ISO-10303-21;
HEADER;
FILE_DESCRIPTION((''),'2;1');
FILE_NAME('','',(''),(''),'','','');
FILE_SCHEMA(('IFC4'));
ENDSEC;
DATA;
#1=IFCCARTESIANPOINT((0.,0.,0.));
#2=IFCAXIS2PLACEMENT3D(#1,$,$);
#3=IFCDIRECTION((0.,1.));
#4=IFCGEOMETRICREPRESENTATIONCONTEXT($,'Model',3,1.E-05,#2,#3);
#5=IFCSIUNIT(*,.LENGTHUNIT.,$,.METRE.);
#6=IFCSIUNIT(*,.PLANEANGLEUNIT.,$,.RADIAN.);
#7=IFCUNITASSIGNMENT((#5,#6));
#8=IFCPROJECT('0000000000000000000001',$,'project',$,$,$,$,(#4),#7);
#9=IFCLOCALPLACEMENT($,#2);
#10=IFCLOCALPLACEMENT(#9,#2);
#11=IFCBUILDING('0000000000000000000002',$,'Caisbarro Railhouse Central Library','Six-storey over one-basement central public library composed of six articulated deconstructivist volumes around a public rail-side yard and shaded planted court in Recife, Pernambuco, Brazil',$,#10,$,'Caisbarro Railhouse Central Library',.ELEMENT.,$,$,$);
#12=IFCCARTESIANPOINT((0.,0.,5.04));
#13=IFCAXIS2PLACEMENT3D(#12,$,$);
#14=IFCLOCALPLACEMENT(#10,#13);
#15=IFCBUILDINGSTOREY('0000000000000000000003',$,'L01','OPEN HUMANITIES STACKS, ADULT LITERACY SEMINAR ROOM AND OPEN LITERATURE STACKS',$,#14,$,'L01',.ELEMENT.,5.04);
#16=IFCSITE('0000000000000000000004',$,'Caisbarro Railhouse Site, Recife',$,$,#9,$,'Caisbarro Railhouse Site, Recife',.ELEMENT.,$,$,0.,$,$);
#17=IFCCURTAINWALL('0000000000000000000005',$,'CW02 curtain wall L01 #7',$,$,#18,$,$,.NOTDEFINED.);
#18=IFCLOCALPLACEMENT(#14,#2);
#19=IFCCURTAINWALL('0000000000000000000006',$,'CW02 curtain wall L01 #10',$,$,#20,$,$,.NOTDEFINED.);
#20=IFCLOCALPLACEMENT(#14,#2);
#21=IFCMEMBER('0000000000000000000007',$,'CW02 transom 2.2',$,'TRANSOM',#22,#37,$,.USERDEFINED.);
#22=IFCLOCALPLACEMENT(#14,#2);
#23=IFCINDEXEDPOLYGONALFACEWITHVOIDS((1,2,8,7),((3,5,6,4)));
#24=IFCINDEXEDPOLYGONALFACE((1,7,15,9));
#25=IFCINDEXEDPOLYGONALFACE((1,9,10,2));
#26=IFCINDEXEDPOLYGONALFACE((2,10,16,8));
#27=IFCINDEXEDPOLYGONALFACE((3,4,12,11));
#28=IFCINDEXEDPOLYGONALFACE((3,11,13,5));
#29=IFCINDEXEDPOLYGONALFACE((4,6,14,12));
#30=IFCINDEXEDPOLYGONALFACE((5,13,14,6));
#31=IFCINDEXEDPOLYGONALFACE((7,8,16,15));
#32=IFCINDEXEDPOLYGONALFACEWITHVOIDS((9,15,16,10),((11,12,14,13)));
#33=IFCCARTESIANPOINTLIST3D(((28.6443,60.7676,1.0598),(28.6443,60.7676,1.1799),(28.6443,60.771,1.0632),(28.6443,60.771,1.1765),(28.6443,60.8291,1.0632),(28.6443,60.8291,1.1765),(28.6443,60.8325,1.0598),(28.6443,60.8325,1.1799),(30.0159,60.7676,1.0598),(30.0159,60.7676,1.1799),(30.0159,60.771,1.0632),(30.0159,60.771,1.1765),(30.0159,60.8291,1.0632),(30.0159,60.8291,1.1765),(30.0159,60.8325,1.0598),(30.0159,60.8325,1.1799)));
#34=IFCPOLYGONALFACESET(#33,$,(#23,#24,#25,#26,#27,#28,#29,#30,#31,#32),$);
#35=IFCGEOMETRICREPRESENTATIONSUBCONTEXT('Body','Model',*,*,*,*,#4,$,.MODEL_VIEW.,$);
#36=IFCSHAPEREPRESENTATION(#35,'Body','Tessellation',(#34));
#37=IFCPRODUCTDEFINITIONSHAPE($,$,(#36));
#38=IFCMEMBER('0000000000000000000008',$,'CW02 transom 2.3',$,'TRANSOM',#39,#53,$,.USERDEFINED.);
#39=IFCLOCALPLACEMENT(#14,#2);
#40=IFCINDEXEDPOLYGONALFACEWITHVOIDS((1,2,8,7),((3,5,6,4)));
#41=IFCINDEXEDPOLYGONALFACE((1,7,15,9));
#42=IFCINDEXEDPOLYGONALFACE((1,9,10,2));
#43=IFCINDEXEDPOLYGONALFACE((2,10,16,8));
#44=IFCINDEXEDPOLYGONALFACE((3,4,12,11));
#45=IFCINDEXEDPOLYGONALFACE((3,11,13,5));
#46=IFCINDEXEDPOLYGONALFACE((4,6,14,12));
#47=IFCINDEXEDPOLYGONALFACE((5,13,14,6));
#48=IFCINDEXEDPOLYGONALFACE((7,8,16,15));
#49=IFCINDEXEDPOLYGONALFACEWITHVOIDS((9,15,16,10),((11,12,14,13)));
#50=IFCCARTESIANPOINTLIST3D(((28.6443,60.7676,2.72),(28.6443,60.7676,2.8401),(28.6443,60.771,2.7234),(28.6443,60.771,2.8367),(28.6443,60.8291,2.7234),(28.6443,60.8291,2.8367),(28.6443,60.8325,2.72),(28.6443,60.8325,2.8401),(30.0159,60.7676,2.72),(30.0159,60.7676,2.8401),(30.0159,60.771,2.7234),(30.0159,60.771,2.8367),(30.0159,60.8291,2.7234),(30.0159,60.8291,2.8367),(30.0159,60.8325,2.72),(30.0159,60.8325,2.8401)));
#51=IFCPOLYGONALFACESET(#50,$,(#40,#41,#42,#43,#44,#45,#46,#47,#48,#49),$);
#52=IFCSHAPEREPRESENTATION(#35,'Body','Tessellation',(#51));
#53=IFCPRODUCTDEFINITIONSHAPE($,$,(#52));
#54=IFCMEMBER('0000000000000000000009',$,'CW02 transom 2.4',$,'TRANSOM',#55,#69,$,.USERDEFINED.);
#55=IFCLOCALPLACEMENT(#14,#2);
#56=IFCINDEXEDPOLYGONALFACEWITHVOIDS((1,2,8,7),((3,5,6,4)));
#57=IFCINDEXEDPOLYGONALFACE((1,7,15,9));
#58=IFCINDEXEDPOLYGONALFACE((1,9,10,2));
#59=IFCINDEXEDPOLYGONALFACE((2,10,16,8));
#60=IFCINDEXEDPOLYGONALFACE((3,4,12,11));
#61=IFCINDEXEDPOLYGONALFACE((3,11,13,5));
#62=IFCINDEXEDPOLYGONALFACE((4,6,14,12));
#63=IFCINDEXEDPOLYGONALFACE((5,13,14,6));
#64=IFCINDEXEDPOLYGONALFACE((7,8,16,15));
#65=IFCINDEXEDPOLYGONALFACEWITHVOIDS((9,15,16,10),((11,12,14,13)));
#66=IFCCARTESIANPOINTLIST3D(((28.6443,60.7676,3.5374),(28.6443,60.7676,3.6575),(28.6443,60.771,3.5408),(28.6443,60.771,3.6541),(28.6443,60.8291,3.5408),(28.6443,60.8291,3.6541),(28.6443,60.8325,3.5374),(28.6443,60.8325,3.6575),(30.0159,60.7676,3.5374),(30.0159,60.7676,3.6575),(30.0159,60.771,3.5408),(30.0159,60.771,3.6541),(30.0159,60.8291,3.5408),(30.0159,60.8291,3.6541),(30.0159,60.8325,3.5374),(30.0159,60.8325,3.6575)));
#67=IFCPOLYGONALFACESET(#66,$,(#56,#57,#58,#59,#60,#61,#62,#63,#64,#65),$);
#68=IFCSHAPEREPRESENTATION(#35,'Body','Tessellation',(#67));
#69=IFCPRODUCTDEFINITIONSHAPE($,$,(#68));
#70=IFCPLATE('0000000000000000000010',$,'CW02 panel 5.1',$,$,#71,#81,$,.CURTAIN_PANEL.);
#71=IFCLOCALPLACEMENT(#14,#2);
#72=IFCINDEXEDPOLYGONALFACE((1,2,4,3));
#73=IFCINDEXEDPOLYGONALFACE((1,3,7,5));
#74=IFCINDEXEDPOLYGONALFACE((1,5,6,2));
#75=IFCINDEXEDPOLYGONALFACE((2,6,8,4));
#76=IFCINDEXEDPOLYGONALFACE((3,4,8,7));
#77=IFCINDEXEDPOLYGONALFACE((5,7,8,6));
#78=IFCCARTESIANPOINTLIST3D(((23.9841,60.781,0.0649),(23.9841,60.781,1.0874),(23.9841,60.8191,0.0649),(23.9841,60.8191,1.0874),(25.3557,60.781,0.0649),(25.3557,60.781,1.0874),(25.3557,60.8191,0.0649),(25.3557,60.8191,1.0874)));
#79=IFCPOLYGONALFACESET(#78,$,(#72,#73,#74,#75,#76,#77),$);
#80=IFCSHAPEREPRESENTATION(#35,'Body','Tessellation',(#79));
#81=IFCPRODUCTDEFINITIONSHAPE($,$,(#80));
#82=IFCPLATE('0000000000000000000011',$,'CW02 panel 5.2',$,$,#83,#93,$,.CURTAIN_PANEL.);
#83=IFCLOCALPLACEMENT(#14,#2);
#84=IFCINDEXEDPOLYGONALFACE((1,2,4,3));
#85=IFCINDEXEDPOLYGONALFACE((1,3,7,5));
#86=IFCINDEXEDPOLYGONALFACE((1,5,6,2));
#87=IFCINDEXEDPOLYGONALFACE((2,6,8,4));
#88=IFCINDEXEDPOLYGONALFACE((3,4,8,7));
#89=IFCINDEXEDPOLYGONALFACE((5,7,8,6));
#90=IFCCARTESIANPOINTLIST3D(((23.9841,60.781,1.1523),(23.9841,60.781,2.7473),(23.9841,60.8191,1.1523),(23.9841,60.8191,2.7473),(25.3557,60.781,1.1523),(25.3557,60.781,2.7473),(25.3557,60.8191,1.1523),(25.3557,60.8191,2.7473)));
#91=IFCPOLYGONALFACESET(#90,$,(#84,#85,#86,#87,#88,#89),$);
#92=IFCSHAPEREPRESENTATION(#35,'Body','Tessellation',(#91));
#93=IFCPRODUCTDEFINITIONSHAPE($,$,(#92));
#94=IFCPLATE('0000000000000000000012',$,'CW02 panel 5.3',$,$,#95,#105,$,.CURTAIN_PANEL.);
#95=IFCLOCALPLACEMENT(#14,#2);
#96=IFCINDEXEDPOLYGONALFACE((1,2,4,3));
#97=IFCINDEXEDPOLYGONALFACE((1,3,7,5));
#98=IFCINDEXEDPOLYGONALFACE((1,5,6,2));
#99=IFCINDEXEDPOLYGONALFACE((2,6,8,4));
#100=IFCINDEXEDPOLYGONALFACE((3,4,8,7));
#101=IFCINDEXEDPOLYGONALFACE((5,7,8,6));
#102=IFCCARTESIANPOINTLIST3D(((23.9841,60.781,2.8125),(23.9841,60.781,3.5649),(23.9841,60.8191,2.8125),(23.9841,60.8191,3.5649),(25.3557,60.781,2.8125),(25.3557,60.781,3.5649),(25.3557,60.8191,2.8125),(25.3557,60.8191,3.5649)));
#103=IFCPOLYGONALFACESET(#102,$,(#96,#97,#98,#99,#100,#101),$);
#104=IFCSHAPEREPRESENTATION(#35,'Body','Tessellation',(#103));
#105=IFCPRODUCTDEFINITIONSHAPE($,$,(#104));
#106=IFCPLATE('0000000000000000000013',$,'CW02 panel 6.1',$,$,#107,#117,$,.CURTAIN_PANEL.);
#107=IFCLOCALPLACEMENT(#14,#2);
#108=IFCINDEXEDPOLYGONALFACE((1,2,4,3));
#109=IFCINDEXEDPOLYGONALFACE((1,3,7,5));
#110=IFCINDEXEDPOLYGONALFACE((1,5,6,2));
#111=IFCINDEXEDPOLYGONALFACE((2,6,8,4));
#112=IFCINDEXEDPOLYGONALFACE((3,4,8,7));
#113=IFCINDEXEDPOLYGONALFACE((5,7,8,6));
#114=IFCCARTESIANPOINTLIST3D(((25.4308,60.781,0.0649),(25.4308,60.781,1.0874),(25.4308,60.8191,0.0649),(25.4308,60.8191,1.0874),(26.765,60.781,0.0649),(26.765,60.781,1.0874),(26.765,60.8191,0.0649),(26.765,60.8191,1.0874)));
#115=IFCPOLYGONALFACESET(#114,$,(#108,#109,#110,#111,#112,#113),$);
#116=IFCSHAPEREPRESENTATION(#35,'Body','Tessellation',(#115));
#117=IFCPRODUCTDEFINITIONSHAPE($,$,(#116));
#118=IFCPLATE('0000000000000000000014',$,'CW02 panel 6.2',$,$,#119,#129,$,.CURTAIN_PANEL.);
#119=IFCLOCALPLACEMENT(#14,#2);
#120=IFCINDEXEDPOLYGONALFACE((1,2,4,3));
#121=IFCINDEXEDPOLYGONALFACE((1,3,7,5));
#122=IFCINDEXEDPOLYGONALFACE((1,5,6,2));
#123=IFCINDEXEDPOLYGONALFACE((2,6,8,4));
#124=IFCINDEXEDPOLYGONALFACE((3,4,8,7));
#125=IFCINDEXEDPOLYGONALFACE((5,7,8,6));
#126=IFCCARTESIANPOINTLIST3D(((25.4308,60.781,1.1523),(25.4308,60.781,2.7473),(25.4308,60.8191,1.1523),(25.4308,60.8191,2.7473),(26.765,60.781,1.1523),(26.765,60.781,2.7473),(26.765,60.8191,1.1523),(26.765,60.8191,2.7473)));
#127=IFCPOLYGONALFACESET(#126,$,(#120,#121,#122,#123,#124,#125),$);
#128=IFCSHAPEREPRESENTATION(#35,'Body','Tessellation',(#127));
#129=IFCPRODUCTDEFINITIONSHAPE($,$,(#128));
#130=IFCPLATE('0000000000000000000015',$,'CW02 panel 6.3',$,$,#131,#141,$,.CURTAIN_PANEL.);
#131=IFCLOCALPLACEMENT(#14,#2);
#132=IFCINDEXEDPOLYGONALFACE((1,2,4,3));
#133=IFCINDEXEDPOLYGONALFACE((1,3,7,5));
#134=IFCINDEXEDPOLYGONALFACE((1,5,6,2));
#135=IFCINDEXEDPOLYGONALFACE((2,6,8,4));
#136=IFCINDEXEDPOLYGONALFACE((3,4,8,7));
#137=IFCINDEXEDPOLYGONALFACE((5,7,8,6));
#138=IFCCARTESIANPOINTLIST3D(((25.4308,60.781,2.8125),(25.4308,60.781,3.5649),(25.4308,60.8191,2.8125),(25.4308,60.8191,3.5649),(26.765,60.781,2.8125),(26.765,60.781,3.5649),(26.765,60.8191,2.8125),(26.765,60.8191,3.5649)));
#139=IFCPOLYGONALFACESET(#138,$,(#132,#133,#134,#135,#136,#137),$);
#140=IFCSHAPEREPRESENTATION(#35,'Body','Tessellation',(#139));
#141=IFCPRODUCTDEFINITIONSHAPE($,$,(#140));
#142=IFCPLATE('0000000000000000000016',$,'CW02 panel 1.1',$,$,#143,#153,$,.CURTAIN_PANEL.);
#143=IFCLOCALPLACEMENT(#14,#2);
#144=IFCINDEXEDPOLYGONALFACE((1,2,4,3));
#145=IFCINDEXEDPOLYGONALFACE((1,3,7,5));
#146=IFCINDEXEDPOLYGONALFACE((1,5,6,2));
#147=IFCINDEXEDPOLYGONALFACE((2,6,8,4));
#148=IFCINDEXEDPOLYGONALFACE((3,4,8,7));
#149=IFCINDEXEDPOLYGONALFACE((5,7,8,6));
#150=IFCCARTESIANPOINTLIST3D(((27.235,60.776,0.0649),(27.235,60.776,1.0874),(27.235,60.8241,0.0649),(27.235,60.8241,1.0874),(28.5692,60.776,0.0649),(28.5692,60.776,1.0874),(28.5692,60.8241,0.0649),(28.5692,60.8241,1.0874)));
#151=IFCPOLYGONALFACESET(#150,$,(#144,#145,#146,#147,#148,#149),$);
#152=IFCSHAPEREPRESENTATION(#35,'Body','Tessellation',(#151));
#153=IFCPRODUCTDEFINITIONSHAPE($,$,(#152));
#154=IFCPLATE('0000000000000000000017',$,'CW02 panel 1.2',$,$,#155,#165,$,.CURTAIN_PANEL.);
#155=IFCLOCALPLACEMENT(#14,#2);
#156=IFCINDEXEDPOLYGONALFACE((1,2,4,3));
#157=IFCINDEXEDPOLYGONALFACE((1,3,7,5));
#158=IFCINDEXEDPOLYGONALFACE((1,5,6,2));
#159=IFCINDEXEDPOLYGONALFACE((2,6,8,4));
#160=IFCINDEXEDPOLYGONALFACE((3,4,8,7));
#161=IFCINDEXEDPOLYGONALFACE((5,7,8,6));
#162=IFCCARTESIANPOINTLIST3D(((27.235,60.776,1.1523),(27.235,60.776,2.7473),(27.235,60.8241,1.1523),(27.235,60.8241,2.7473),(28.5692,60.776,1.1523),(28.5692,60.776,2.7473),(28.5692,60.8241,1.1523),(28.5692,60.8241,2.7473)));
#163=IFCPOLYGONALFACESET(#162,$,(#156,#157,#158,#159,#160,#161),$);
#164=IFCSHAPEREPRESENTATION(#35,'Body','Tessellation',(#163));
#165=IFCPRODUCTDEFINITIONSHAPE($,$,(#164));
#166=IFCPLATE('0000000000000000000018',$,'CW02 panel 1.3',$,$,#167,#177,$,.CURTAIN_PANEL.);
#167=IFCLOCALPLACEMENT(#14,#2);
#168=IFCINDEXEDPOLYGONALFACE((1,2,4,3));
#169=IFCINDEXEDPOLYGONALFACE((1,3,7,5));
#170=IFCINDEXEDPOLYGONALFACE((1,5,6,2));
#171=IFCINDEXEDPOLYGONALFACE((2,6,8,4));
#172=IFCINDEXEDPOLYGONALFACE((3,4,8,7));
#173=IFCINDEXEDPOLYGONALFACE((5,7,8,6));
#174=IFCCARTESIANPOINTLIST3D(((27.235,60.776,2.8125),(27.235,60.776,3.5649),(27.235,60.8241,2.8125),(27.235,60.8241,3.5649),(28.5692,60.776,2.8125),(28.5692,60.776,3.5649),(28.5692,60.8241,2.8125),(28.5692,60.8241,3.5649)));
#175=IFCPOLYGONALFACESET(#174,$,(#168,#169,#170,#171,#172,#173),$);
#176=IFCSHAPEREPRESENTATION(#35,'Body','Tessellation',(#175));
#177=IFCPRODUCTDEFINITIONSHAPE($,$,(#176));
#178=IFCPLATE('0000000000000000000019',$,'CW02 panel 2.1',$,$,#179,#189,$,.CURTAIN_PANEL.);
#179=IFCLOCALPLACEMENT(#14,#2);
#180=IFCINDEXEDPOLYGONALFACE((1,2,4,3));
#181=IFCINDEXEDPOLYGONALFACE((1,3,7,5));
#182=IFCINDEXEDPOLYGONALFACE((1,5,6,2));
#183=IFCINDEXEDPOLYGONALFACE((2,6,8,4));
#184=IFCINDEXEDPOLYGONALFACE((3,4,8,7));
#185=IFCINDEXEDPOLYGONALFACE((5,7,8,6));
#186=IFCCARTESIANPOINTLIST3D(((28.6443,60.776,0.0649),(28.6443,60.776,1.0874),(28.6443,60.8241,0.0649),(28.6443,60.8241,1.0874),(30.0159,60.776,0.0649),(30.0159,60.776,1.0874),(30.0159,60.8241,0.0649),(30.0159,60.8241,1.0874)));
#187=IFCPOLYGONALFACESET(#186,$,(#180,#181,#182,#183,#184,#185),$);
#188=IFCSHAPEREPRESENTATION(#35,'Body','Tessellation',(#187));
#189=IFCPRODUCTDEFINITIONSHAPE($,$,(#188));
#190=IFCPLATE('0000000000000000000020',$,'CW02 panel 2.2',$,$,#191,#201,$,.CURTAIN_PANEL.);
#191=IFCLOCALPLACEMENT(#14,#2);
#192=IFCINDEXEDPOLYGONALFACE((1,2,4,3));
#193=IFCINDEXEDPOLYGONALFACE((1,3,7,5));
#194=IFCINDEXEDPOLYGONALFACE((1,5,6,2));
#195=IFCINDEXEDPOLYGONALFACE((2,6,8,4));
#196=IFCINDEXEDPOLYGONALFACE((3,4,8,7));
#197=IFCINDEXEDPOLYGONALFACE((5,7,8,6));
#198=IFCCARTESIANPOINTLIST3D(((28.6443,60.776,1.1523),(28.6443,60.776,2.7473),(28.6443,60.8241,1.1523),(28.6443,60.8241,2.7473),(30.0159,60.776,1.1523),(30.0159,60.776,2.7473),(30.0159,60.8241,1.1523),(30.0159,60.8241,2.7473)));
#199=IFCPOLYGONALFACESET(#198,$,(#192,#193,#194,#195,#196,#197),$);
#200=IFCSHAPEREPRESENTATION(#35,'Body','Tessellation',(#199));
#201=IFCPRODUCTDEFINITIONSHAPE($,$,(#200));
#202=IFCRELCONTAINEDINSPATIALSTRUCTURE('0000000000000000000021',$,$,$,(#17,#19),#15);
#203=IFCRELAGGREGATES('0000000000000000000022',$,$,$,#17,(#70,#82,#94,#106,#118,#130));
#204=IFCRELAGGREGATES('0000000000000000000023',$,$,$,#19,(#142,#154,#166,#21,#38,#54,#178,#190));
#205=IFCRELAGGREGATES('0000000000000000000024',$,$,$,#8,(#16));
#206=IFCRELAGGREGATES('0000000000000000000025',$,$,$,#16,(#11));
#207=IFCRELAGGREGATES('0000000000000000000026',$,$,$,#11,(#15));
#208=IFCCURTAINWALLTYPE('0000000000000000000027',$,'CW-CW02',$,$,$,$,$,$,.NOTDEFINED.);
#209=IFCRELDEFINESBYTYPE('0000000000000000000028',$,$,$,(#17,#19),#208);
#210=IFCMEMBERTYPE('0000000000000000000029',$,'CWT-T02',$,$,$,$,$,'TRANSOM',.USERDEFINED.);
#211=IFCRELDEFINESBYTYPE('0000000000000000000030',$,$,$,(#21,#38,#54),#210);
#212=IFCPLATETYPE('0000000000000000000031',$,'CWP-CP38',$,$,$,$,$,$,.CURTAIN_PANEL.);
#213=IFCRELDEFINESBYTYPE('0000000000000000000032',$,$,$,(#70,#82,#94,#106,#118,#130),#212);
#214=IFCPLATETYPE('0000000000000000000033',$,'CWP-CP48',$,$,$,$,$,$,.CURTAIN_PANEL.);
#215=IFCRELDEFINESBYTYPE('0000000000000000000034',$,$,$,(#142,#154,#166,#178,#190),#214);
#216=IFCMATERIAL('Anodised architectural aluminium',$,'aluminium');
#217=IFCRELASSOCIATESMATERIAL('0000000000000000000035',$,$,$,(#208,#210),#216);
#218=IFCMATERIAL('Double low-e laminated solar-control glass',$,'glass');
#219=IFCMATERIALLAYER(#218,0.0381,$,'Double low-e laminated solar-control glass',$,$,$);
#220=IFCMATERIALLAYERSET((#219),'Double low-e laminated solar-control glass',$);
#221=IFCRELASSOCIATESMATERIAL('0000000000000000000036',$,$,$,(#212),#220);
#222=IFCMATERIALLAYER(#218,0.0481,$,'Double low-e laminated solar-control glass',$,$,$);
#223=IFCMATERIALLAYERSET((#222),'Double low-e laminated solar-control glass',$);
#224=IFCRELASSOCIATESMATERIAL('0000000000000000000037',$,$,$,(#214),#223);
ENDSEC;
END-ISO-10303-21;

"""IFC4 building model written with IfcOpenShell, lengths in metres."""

from ifc_helpers import new_model, si_unit, direction, frame, origin, origin_2d, place, context, subcontext, project, spatial, rectangle, hollow_rectangle, extrude, material, layer, layer_set, material_profile, profile_set, type_object, element, aggregate, save


model = new_model("IFC4")

# Units and contexts
model_context = context("Model", 3, precision=1e-05, world=origin(), true_north=direction((0.0, 1.0)))
body_context = subcontext(model_context, "Body", "Model", "MODEL_VIEW")
ifc_project = project(units=[si_unit("LENGTHUNIT", "METRE"), si_unit("PLANEANGLEUNIT", "RADIAN")], contexts=[model_context])

# Site, building, storey
site_placement = place(None, origin())
site = spatial("IfcSite", under=ifc_project, at=site_placement, Name="Caisbarro Railhouse Site, Recife", LongName="Caisbarro Railhouse Site, Recife", CompositionType="ELEMENT", RefElevation=0.0)
building_placement = place(site_placement, origin())
building = spatial("IfcBuilding", under=site, at=building_placement, Name="Caisbarro Railhouse Central Library", Description="Six-storey over one-basement central public library composed of six articulated deconstructivist volumes around a public rail-side yard and shaded planted court in Recife, Pernambuco, Brazil", LongName="Caisbarro Railhouse Central Library", CompositionType="ELEMENT")
storey_placement = place(building_placement, frame((0.0, 0.0, 5.04)))
storey = spatial("IfcBuildingStorey", under=building, at=storey_placement, Name="L01", Description="OPEN HUMANITIES STACKS, ADULT LITERACY SEMINAR ROOM AND OPEN LITERATURE STACKS", LongName="L01", CompositionType="ELEMENT", Elevation=5.04)

# Curtain walls
ifc_material_1 = material(Name="Anodised architectural aluminium", Category="aluminium")
curtain_wall_type = type_object("IfcCurtainWallType", Name="CW-CW02", PredefinedType="NOTDEFINED", material=ifc_material_1)
curtain_wall_1_placement = place(storey_placement, origin())
curtain_wall_1 = element("IfcCurtainWall", 1, at=curtain_wall_1_placement, inside=storey, type_object=curtain_wall_type, Name="CW02 curtain wall L01 #7", PredefinedType="NOTDEFINED")
curtain_wall_2_placement = place(storey_placement, origin())
curtain_wall_2 = element("IfcCurtainWall", 2, at=curtain_wall_2_placement, inside=storey, type_object=curtain_wall_type, Name="CW02 curtain wall L01 #10", PredefinedType="NOTDEFINED")

# Members
ifc_material_profile_1 = material_profile(ifc_material_1, hollow_rectangle(XDim=0.0649, YDim=0.1201, WallThickness=0.0034, at=origin_2d()), Name="ALU-TRN-65X120")
ifc_profile_set_1 = profile_set([ifc_material_profile_1], Name="Anodised architectural aluminium")
member_type_1 = type_object("IfcMemberType", Name="CWT-T02", ElementType="TRANSOM", PredefinedType="USERDEFINED", material=ifc_profile_set_1)
member_1_placement = place(storey_placement, frame((28.6443, 60.8, 1.1199), z_axis=(1.0, 0.0, 0.0), x_axis=(0.0, 1.0, 0.0)))
member_1 = element("IfcMember", 3, at=member_1_placement, type_object=member_type_1, Name="CW02 transom 2.2", ObjectType="TRANSOM", PredefinedType="USERDEFINED", context=body_context, shape_type="SweptSolid", body=[
    extrude(hollow_rectangle(XDim=0.0649, YDim=0.1201, WallThickness=0.0034, at=origin_2d()), origin(), (0.0, 0.0, 1.0), 1.3716),
])
member_2_placement = place(storey_placement, frame((28.6443, 60.8, 2.78), z_axis=(1.0, 0.0, 0.0), x_axis=(0.0, 1.0, 0.0)))
member_2 = element("IfcMember", 4, at=member_2_placement, type_object=member_type_1, Name="CW02 transom 2.3", ObjectType="TRANSOM", PredefinedType="USERDEFINED", context=body_context, shape_type="SweptSolid", body=[
    extrude(hollow_rectangle(XDim=0.0649, YDim=0.1201, WallThickness=0.0034, at=origin_2d()), origin(), (0.0, 0.0, 1.0), 1.3716),
])
member_3_placement = place(storey_placement, frame((28.6443, 60.8, 3.5974), z_axis=(1.0, 0.0, 0.0), x_axis=(0.0, 1.0, 0.0)))
member_3 = element("IfcMember", 5, at=member_3_placement, type_object=member_type_1, Name="CW02 transom 2.4", ObjectType="TRANSOM", PredefinedType="USERDEFINED", context=body_context, shape_type="SweptSolid", body=[
    extrude(hollow_rectangle(XDim=0.0649, YDim=0.1201, WallThickness=0.0034, at=origin_2d()), origin(), (0.0, 0.0, 1.0), 1.3716),
])

# Plates
ifc_material_2 = material(Name="Double low-e laminated solar-control glass", Category="glass")
ifc_layer_1 = layer(ifc_material_2, 0.0381, Name="Double low-e laminated solar-control glass")
ifc_layer_set_1 = layer_set([ifc_layer_1], Name="Double low-e laminated solar-control glass")
plate_type_1 = type_object("IfcPlateType", Name="CWP-CP38", PredefinedType="CURTAIN_PANEL", material=ifc_layer_set_1)
plate_1_placement = place(storey_placement, frame((24.6699, 60.8, 0.0649), z_axis=(0.0, 0.0, 1.0), x_axis=(1.0, 0.0, 0.0)))
plate_1 = element("IfcPlate", 6, at=plate_1_placement, type_object=plate_type_1, Name="CW02 panel 5.1", PredefinedType="CURTAIN_PANEL", context=body_context, shape_type="SweptSolid", body=[
    extrude(rectangle(XDim=1.3716, YDim=0.0381, at=origin_2d()), origin(), (0.0, 0.0, 1.0), 1.0225),
])
plate_2_placement = place(storey_placement, frame((24.6699, 60.8, 1.1523), z_axis=(0.0, 0.0, 1.0), x_axis=(1.0, 0.0, 0.0)))
plate_2 = element("IfcPlate", 7, at=plate_2_placement, type_object=plate_type_1, Name="CW02 panel 5.2", PredefinedType="CURTAIN_PANEL", context=body_context, shape_type="SweptSolid", body=[
    extrude(rectangle(XDim=1.3716, YDim=0.0381, at=origin_2d()), origin(), (0.0, 0.0, 1.0), 1.595),
])
plate_3_placement = place(storey_placement, frame((24.6699, 60.8, 2.8125), z_axis=(0.0, 0.0, 1.0), x_axis=(1.0, 0.0, 0.0)))
plate_3 = element("IfcPlate", 8, at=plate_3_placement, type_object=plate_type_1, Name="CW02 panel 5.3", PredefinedType="CURTAIN_PANEL", context=body_context, shape_type="SweptSolid", body=[
    extrude(rectangle(XDim=1.3716, YDim=0.0381, at=origin_2d()), origin(), (0.0, 0.0, 1.0), 0.7524),
])
plate_4_placement = place(storey_placement, frame((26.0979, 60.8, 0.0649), z_axis=(0.0, 0.0, 1.0), x_axis=(1.0, 0.0, 0.0)))
plate_4 = element("IfcPlate", 9, at=plate_4_placement, type_object=plate_type_1, Name="CW02 panel 6.1", PredefinedType="CURTAIN_PANEL", context=body_context, shape_type="SweptSolid", body=[
    extrude(rectangle(XDim=1.3342, YDim=0.0381, at=origin_2d()), origin(), (0.0, 0.0, 1.0), 1.0225),
])
plate_5_placement = place(storey_placement, frame((26.0979, 60.8, 1.1523), z_axis=(0.0, 0.0, 1.0), x_axis=(1.0, 0.0, 0.0)))
plate_5 = element("IfcPlate", 10, at=plate_5_placement, type_object=plate_type_1, Name="CW02 panel 6.2", PredefinedType="CURTAIN_PANEL", context=body_context, shape_type="SweptSolid", body=[
    extrude(rectangle(XDim=1.3342, YDim=0.0381, at=origin_2d()), origin(), (0.0, 0.0, 1.0), 1.595),
])
plate_6_placement = place(storey_placement, frame((26.0979, 60.8, 2.8125), z_axis=(0.0, 0.0, 1.0), x_axis=(1.0, 0.0, 0.0)))
plate_6 = element("IfcPlate", 11, at=plate_6_placement, type_object=plate_type_1, Name="CW02 panel 6.3", PredefinedType="CURTAIN_PANEL", context=body_context, shape_type="SweptSolid", body=[
    extrude(rectangle(XDim=1.3342, YDim=0.0381, at=origin_2d()), origin(), (0.0, 0.0, 1.0), 0.7524),
])
aggregate(curtain_wall_1, [plate_1, plate_2, plate_3, plate_4, plate_5, plate_6])
ifc_layer_2 = layer(ifc_material_2, 0.0481, Name="Double low-e laminated solar-control glass")
ifc_layer_set_2 = layer_set([ifc_layer_2], Name="Double low-e laminated solar-control glass")
plate_type_2 = type_object("IfcPlateType", Name="CWP-CP48", PredefinedType="CURTAIN_PANEL", material=ifc_layer_set_2)
plate_7_placement = place(storey_placement, frame((27.9021, 60.8, 0.0649), z_axis=(0.0, 0.0, 1.0), x_axis=(1.0, 0.0, 0.0)))
plate_7 = element("IfcPlate", 12, at=plate_7_placement, type_object=plate_type_2, Name="CW02 panel 1.1", PredefinedType="CURTAIN_PANEL", context=body_context, shape_type="SweptSolid", body=[
    extrude(rectangle(XDim=1.3342, YDim=0.0481, at=origin_2d()), origin(), (0.0, 0.0, 1.0), 1.0225),
])
plate_8_placement = place(storey_placement, frame((27.9021, 60.8, 1.1523), z_axis=(0.0, 0.0, 1.0), x_axis=(1.0, 0.0, 0.0)))
plate_8 = element("IfcPlate", 13, at=plate_8_placement, type_object=plate_type_2, Name="CW02 panel 1.2", PredefinedType="CURTAIN_PANEL", context=body_context, shape_type="SweptSolid", body=[
    extrude(rectangle(XDim=1.3342, YDim=0.0481, at=origin_2d()), origin(), (0.0, 0.0, 1.0), 1.595),
])
plate_9_placement = place(storey_placement, frame((27.9021, 60.8, 2.8125), z_axis=(0.0, 0.0, 1.0), x_axis=(1.0, 0.0, 0.0)))
plate_9 = element("IfcPlate", 14, at=plate_9_placement, type_object=plate_type_2, Name="CW02 panel 1.3", PredefinedType="CURTAIN_PANEL", context=body_context, shape_type="SweptSolid", body=[
    extrude(rectangle(XDim=1.3342, YDim=0.0481, at=origin_2d()), origin(), (0.0, 0.0, 1.0), 0.7524),
])
plate_10_placement = place(storey_placement, frame((29.3301, 60.8, 0.0649), z_axis=(0.0, 0.0, 1.0), x_axis=(1.0, 0.0, 0.0)))
plate_10 = element("IfcPlate", 15, at=plate_10_placement, type_object=plate_type_2, Name="CW02 panel 2.1", PredefinedType="CURTAIN_PANEL", context=body_context, shape_type="SweptSolid", body=[
    extrude(rectangle(XDim=1.3716, YDim=0.0481, at=origin_2d()), origin(), (0.0, 0.0, 1.0), 1.0225),
])
plate_11_placement = place(storey_placement, frame((29.3301, 60.8, 1.1523), z_axis=(0.0, 0.0, 1.0), x_axis=(1.0, 0.0, 0.0)))
plate_11 = element("IfcPlate", 16, at=plate_11_placement, type_object=plate_type_2, Name="CW02 panel 2.2", PredefinedType="CURTAIN_PANEL", context=body_context, shape_type="SweptSolid", body=[
    extrude(rectangle(XDim=1.3716, YDim=0.0481, at=origin_2d()), origin(), (0.0, 0.0, 1.0), 1.595),
])
aggregate(curtain_wall_2, [plate_7, plate_8, plate_9, member_1, member_2, member_3, plate_10, plate_11])

save(model, "model.ifc")
